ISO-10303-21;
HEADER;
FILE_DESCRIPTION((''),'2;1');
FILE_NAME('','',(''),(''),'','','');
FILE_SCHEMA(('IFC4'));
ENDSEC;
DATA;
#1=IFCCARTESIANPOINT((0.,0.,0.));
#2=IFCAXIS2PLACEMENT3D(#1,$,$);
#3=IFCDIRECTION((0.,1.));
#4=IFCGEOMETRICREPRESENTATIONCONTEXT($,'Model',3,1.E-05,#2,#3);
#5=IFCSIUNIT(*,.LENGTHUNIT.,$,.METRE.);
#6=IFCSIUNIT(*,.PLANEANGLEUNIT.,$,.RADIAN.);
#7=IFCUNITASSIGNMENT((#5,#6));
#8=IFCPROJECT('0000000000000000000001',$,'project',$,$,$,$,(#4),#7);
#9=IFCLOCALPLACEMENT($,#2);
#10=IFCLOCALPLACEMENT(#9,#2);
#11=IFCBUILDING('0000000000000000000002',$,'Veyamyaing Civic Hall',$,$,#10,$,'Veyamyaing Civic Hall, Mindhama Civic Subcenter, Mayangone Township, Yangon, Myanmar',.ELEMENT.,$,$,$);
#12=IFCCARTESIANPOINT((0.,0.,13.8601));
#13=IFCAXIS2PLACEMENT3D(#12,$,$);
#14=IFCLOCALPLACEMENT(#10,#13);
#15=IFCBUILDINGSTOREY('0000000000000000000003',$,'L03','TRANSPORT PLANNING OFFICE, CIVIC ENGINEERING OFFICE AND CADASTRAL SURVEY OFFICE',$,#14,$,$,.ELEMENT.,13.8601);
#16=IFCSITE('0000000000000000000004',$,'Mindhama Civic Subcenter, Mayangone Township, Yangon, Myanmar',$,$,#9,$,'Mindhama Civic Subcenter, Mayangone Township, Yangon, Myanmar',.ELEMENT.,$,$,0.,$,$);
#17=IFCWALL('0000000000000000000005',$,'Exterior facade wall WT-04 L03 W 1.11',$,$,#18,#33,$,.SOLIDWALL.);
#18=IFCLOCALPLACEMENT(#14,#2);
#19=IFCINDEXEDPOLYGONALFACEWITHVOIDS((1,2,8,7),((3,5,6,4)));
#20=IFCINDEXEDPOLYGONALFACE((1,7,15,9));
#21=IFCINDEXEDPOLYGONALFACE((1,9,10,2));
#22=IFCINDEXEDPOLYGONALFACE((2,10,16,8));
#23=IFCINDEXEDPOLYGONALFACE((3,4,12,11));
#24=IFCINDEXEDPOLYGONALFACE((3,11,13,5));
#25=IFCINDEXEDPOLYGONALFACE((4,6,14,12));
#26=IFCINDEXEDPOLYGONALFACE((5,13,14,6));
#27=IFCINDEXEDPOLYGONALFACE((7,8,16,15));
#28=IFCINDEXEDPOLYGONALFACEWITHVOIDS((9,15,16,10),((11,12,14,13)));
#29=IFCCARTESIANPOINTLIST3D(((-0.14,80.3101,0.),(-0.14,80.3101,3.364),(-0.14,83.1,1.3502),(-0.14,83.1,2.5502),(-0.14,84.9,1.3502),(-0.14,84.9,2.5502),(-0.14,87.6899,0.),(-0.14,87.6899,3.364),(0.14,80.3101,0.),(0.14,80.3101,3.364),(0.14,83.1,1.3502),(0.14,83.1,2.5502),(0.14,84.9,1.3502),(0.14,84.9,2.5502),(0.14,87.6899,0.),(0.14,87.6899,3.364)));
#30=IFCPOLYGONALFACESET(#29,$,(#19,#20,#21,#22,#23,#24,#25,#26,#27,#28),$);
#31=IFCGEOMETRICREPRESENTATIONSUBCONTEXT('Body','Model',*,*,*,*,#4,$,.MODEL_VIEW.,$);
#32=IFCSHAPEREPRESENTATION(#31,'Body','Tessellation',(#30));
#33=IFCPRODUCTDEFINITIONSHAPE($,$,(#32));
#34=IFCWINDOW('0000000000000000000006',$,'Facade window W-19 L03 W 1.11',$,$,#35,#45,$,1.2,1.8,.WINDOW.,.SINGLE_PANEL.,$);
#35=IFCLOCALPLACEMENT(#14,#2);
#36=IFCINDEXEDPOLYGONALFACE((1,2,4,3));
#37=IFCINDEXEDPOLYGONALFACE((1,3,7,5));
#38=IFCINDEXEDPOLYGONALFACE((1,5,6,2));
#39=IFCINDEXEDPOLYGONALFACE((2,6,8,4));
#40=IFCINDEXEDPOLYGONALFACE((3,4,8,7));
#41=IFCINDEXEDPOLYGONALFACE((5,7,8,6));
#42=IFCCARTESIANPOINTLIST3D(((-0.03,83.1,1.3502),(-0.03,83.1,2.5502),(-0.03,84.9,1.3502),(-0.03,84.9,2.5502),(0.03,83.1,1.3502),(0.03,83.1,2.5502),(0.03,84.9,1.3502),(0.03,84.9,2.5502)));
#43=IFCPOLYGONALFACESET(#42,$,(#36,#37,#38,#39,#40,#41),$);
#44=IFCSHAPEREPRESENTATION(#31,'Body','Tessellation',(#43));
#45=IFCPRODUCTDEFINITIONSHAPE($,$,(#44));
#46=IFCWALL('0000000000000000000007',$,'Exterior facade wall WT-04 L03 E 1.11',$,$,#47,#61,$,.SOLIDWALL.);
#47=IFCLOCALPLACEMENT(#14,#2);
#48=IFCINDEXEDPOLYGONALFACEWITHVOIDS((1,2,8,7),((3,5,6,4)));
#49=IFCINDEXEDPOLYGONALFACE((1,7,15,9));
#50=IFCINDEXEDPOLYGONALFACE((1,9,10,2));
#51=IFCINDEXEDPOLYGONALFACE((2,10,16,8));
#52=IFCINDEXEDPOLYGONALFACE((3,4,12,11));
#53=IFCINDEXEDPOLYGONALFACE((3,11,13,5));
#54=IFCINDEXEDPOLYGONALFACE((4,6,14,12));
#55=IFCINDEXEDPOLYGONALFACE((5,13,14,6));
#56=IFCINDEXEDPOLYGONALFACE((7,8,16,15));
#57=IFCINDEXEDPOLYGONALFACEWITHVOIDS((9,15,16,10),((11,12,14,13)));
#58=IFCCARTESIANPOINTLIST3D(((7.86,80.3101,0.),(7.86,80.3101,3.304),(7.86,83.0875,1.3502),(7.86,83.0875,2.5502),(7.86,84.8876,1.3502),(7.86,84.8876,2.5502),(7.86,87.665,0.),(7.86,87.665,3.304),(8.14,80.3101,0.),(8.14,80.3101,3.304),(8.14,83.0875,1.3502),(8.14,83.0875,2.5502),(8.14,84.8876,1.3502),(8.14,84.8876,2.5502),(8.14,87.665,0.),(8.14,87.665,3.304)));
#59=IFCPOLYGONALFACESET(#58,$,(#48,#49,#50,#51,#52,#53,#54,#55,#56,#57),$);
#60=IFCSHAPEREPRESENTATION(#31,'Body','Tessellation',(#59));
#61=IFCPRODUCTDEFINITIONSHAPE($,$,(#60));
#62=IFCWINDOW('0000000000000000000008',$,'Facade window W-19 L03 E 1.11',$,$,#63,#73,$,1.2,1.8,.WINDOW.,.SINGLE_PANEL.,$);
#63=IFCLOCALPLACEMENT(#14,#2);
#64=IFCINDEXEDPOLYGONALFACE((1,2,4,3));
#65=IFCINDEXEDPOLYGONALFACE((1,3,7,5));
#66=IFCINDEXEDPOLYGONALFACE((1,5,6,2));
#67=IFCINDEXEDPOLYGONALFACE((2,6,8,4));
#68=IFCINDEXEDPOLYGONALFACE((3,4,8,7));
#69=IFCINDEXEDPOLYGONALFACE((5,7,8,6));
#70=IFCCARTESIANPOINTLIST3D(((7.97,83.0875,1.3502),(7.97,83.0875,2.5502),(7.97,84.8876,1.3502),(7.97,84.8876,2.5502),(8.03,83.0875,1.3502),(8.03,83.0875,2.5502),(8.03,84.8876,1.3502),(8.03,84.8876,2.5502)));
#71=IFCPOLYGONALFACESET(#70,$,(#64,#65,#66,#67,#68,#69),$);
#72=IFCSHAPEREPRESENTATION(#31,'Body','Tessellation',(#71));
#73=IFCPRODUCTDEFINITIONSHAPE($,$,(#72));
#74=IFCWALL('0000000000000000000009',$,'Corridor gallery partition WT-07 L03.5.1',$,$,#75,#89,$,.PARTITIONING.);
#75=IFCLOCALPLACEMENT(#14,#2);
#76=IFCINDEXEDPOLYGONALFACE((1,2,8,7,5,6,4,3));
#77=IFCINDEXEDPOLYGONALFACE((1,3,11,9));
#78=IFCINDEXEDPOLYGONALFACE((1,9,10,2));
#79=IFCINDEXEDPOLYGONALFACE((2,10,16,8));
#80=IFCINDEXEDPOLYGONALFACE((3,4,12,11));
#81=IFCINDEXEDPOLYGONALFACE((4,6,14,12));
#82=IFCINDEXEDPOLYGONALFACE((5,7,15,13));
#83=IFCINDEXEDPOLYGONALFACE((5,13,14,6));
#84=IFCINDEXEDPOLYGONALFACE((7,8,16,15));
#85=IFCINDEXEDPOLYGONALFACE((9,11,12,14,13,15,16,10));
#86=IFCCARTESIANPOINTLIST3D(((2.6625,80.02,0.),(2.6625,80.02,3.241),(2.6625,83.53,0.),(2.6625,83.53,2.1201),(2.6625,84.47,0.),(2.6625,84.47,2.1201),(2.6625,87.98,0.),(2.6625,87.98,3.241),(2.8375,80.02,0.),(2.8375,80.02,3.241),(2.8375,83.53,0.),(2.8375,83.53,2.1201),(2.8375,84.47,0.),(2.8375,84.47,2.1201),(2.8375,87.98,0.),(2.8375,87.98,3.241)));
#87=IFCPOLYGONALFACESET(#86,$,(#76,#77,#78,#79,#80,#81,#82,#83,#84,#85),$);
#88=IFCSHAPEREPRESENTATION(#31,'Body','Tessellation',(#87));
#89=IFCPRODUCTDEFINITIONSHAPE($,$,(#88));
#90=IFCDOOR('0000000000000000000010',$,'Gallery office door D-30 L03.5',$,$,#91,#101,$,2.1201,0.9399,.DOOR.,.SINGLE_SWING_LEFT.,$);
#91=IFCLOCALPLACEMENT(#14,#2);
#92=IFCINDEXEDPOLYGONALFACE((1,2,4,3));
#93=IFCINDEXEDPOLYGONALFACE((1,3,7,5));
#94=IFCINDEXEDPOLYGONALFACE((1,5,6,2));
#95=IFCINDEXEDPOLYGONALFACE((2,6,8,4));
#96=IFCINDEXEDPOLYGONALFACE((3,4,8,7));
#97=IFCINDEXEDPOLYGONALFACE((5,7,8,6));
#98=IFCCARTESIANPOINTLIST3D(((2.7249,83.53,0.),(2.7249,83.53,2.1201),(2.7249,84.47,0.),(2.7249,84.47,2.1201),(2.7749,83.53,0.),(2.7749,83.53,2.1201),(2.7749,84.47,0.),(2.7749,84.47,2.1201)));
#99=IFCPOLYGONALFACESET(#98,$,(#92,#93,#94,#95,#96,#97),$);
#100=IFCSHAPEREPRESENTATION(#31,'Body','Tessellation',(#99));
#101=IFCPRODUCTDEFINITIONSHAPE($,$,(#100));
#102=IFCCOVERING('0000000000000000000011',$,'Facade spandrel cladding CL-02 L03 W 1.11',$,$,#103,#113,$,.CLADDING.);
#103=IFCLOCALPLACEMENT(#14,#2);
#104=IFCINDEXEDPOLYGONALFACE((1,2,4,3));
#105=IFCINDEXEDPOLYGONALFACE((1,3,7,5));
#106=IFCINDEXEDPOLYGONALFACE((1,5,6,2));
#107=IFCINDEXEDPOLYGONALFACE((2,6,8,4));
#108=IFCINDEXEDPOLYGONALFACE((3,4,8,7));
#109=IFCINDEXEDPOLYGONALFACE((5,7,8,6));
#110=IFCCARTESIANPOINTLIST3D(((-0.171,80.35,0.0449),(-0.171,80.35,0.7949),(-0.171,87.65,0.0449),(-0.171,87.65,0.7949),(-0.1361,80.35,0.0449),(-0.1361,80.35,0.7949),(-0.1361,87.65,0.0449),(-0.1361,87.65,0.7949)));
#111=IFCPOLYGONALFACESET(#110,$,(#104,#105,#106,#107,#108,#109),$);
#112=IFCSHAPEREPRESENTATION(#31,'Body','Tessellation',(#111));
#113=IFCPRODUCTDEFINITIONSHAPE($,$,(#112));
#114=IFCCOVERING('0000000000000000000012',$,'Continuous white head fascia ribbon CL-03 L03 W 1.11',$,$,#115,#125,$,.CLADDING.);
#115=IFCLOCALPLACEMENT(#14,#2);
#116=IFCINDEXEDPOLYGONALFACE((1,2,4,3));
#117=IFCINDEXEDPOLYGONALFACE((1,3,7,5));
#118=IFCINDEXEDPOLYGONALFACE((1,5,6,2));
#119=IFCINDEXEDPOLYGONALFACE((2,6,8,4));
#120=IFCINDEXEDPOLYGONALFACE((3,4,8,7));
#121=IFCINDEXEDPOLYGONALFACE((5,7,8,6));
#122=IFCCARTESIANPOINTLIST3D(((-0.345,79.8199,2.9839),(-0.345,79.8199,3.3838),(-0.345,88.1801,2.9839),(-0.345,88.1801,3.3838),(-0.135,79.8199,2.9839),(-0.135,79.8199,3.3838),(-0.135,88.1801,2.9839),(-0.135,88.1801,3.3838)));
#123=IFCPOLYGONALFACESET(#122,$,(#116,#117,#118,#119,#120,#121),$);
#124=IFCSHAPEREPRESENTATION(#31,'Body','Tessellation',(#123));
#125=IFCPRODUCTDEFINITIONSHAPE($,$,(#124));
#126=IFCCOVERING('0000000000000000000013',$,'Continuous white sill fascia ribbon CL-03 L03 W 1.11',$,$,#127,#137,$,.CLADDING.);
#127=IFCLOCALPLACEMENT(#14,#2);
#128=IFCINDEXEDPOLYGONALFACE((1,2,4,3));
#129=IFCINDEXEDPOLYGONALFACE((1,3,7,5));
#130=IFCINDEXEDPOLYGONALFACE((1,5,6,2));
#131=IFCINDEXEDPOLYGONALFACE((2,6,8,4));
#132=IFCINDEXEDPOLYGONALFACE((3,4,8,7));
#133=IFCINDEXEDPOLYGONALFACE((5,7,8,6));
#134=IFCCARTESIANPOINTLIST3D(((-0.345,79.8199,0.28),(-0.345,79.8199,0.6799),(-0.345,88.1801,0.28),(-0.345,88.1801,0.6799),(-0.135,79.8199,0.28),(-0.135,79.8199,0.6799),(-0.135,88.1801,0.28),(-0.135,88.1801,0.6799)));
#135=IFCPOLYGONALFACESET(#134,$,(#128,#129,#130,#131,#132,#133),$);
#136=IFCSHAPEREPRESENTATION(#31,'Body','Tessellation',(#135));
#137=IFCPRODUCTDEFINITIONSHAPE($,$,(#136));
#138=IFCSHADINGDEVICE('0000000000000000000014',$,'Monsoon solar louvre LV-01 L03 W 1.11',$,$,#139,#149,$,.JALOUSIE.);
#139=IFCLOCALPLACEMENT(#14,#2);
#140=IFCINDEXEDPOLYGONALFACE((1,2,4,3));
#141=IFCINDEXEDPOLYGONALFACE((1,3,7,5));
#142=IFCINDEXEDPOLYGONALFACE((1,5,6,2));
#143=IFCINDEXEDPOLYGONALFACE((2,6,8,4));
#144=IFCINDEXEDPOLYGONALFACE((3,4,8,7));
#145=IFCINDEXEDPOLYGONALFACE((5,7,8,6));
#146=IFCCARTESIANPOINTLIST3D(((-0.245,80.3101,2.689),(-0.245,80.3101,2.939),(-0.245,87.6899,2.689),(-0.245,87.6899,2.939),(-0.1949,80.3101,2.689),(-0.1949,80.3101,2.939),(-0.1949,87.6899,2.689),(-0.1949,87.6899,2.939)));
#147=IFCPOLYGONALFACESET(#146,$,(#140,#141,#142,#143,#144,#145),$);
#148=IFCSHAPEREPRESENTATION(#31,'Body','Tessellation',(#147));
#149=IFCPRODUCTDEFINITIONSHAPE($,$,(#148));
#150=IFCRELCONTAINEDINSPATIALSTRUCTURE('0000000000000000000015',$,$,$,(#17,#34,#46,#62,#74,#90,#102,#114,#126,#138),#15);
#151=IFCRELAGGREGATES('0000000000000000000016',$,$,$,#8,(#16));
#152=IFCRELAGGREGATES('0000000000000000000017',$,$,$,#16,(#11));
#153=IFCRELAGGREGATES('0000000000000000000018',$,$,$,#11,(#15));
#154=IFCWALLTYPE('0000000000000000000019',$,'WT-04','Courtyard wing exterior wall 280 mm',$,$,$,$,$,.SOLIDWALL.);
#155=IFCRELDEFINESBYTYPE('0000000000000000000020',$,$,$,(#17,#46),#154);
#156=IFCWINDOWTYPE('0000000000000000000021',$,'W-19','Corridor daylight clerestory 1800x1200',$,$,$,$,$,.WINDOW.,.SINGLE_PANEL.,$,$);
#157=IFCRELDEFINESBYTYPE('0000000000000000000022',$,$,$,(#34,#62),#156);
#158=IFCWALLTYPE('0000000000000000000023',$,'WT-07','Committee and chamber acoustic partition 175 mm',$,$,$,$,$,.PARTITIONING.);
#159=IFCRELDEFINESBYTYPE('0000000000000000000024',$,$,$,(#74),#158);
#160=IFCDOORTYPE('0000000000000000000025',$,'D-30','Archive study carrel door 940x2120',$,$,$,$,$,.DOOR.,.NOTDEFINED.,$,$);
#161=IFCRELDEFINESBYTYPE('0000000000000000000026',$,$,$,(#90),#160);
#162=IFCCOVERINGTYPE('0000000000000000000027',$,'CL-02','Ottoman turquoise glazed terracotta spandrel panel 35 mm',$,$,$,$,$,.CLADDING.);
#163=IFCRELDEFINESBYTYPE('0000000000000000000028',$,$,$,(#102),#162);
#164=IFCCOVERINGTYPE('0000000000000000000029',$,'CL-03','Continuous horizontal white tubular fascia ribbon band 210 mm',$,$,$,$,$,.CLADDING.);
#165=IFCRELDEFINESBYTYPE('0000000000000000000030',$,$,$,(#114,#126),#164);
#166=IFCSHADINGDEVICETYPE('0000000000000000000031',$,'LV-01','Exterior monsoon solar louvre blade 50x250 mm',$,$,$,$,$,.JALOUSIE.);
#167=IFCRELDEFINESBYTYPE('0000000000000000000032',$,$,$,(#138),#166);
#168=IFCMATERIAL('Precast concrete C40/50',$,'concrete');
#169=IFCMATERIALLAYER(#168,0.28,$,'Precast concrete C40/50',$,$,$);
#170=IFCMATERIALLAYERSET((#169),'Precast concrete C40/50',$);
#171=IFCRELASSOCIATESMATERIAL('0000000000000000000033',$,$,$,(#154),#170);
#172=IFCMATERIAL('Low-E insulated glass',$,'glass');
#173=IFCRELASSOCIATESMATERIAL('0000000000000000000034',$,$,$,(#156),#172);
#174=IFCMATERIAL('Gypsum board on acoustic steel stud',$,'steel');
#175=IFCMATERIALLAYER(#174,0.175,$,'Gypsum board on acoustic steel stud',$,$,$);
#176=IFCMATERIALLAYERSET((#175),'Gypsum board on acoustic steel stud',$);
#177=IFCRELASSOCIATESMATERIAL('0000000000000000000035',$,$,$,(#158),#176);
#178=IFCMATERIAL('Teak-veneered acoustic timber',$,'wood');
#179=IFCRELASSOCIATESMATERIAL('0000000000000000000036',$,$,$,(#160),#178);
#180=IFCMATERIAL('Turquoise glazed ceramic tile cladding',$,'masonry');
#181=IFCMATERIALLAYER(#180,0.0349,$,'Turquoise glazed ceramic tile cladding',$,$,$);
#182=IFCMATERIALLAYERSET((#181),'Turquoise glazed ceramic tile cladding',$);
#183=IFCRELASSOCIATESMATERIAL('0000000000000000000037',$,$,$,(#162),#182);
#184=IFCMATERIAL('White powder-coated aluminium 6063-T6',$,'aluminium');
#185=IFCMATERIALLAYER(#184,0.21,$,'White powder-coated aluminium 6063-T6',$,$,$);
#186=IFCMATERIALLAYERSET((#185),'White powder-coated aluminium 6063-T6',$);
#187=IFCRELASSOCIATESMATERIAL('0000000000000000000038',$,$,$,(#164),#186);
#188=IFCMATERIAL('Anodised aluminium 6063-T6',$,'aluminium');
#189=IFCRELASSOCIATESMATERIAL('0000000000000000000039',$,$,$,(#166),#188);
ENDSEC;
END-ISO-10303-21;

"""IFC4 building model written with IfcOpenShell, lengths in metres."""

from ifc_helpers import new_model, si_unit, direction, frame, frame_2d, origin, origin_2d, place, context, subcontext, project, spatial, rectangle, extrude, material, layer, layer_set, material_profile, profile_set, type_object, element, fill, save


model = new_model("IFC4")

# Units and contexts
model_context = context("Model", 3, precision=1e-05, world=origin(), true_north=direction((0.0, 1.0)))
body_context = subcontext(model_context, "Body", "Model", "MODEL_VIEW")
ifc_project = project(units=[si_unit("LENGTHUNIT", "METRE"), si_unit("PLANEANGLEUNIT", "RADIAN")], contexts=[model_context])

# Site, building, storey
site_placement = place(None, origin())
site = spatial("IfcSite", under=ifc_project, at=site_placement, Name="Mindhama Civic Subcenter, Mayangone Township, Yangon, Myanmar", LongName="Mindhama Civic Subcenter, Mayangone Township, Yangon, Myanmar", CompositionType="ELEMENT", RefElevation=0.0)
building_placement = place(site_placement, origin())
building = spatial("IfcBuilding", under=site, at=building_placement, Name="Veyamyaing Civic Hall", LongName="Veyamyaing Civic Hall, Mindhama Civic Subcenter, Mayangone Township, Yangon, Myanmar", CompositionType="ELEMENT")
storey_placement = place(building_placement, frame((0.0, 0.0, 13.8601)))
storey = spatial("IfcBuildingStorey", under=building, at=storey_placement, Name="L03", Description="TRANSPORT PLANNING OFFICE, CIVIC ENGINEERING OFFICE AND CADASTRAL SURVEY OFFICE", CompositionType="ELEMENT", Elevation=13.8601)

# Walls, openings, windows
ifc_material_1 = material(Name="Precast concrete C40/50", Category="concrete")
ifc_layer_1 = layer(ifc_material_1, 0.28, Name="Precast concrete C40/50")
ifc_layer_set_1 = layer_set([ifc_layer_1], Name="Precast concrete C40/50")
wall_type_1 = type_object("IfcWallType", Name="WT-04", Description="Courtyard wing exterior wall 280 mm", PredefinedType="SOLIDWALL", material=ifc_layer_set_1)
wall_1_placement = place(storey_placement, frame((0.0, 80.3101, 0.0), z_axis=(0.0, 0.0, 1.0), x_axis=(0.0, 1.0, 0.0)))
wall_1 = element("IfcWall", 1, at=wall_1_placement, inside=storey, type_object=wall_type_1, Name="Exterior facade wall WT-04 L03 W 1.11", PredefinedType="SOLIDWALL", context=body_context, shape_type="SweptSolid", body=[
    extrude(rectangle(XDim=7.3799, YDim=0.28, at=frame_2d((3.6899, 0.0))), origin(), (0.0, 0.0, 1.0), 3.364),
])
opening_1_placement = place(wall_1_placement, frame((2.79, 0.0, 1.3501)))
opening_1 = element("IfcOpeningElement", 2, at=opening_1_placement, cuts=wall_1, PredefinedType="OPENING", context=body_context, shape_type="SweptSolid", body=[
    extrude(rectangle(XDim=1.8, YDim=1.2, at=frame_2d((0.8999, 0.6001))), frame((0.0, 0.1499, 0.0), z_axis=(0.0, -1.0, 0.0), x_axis=(1.0, 0.0, 0.0)), (0.0, 0.0, 1.0), 0.3),
])
ifc_material_2 = material(Name="Low-E insulated glass", Category="glass")
window_type = type_object("IfcWindowType", Name="W-19", Description="Corridor daylight clerestory 1800x1200", PartitioningType="SINGLE_PANEL", PredefinedType="WINDOW", material=ifc_material_2)
window_1_placement = place(opening_1_placement, origin())
window_1 = element("IfcWindow", 3, at=window_1_placement, inside=storey, type_object=window_type, Name="Facade window W-19 L03 W 1.11", OverallHeight=1.2, OverallWidth=1.8, PartitioningType="SINGLE_PANEL", PredefinedType="WINDOW", context=body_context, shape_type="SweptSolid", body=[
    extrude(rectangle(XDim=1.8, YDim=1.2, at=frame_2d((0.8999, 0.6001))), frame((0.0, 0.03, 0.0), z_axis=(0.0, -1.0, 0.0), x_axis=(1.0, 0.0, 0.0)), (0.0, 0.0, 1.0), 0.0601),
])
fill(opening_1, window_1)
wall_2_placement = place(storey_placement, frame((8.0, 80.3101, 0.0), z_axis=(0.0, 0.0, 1.0), x_axis=(0.0, 1.0, 0.0)))
wall_2 = element("IfcWall", 4, at=wall_2_placement, inside=storey, type_object=wall_type_1, Name="Exterior facade wall WT-04 L03 E 1.11", PredefinedType="SOLIDWALL", context=body_context, shape_type="SweptSolid", body=[
    extrude(rectangle(XDim=7.355, YDim=0.28, at=frame_2d((3.6775, 0.0))), origin(), (0.0, 0.0, 1.0), 3.304),
])
opening_2_placement = place(wall_2_placement, frame((2.7776, 0.0, 1.3501)))
opening_2 = element("IfcOpeningElement", 5, at=opening_2_placement, cuts=wall_2, PredefinedType="OPENING", context=body_context, shape_type="SweptSolid", body=[
    extrude(rectangle(XDim=1.8, YDim=1.2, at=frame_2d((0.8999, 0.6001))), frame((0.0, 0.1499, 0.0), z_axis=(0.0, -1.0, 0.0), x_axis=(1.0, 0.0, 0.0)), (0.0, 0.0, 1.0), 0.3),
])
window_2_placement = place(opening_2_placement, origin())
window_2 = element("IfcWindow", 6, at=window_2_placement, inside=storey, type_object=window_type, Name="Facade window W-19 L03 E 1.11", OverallHeight=1.2, OverallWidth=1.8, PartitioningType="SINGLE_PANEL", PredefinedType="WINDOW", context=body_context, shape_type="SweptSolid", body=[
    extrude(rectangle(XDim=1.8, YDim=1.2, at=frame_2d((0.8999, 0.6001))), frame((0.0, 0.03, 0.0), z_axis=(0.0, -1.0, 0.0), x_axis=(1.0, 0.0, 0.0)), (0.0, 0.0, 1.0), 0.0601),
])
fill(opening_2, window_2)

# Wall, opening, door
ifc_material_3 = material(Name="Gypsum board on acoustic steel stud", Category="steel")
ifc_layer_2 = layer(ifc_material_3, 0.175, Name="Gypsum board on acoustic steel stud")
ifc_layer_set_2 = layer_set([ifc_layer_2], Name="Gypsum board on acoustic steel stud")
wall_type_2 = type_object("IfcWallType", Name="WT-07", Description="Committee and chamber acoustic partition 175 mm", PredefinedType="PARTITIONING", material=ifc_layer_set_2)
wall_3_placement = place(storey_placement, frame((2.75, 80.02, 0.0), z_axis=(0.0, 0.0, 1.0), x_axis=(0.0, 1.0, 0.0)))
wall_3 = element("IfcWall", 7, at=wall_3_placement, inside=storey, type_object=wall_type_2, Name="Corridor gallery partition WT-07 L03.5.1", PredefinedType="PARTITIONING", context=body_context, shape_type="SweptSolid", body=[
    extrude(rectangle(XDim=7.96, YDim=0.175, at=frame_2d((3.98, 0.0))), origin(), (0.0, 0.0, 1.0), 3.241),
])
opening_3_placement = place(wall_3_placement, frame((3.51, 0.0, 0.0)))
opening_3 = element("IfcOpeningElement", 8, at=opening_3_placement, cuts=wall_3, PredefinedType="OPENING", context=body_context, shape_type="SweptSolid", body=[
    extrude(rectangle(XDim=0.9399, YDim=2.1201, at=frame_2d((0.47, 1.0601))), frame((0.0, 0.0974, 0.0), z_axis=(0.0, -1.0, 0.0), x_axis=(1.0, 0.0, 0.0)), (0.0, 0.0, 1.0), 0.1951),
])
ifc_material_4 = material(Name="Teak-veneered acoustic timber", Category="wood")
door_type = type_object("IfcDoorType", Name="D-30", Description="Archive study carrel door 940x2120", OperationType="NOTDEFINED", PredefinedType="DOOR", material=ifc_material_4)
door_placement = place(opening_3_placement, frame((0.9399, 0.0, 0.0), z_axis=(0.0, 0.0, 1.0), x_axis=(-1.0, 0.0, 0.0)))
door = element("IfcDoor", 9, at=door_placement, inside=storey, type_object=door_type, Name="Gallery office door D-30 L03.5", OperationType="SINGLE_SWING_LEFT", OverallHeight=2.1201, OverallWidth=0.9399, PredefinedType="DOOR", context=body_context, shape_type="SweptSolid", body=[
    extrude(rectangle(XDim=0.9399, YDim=2.1201, at=frame_2d((0.47, 1.0601))), frame((0.0, 0.0249, 0.0), z_axis=(0.0, -1.0, 0.0), x_axis=(1.0, 0.0, 0.0)), (0.0, 0.0, 1.0), 0.05),
])
fill(opening_3, door)

# Coverings
ifc_material_5 = material(Name="Turquoise glazed ceramic tile cladding", Category="masonry")
ifc_layer_3 = layer(ifc_material_5, 0.0349, Name="Turquoise glazed ceramic tile cladding")
ifc_layer_set_3 = layer_set([ifc_layer_3], Name="Turquoise glazed ceramic tile cladding")
covering_type_1 = type_object("IfcCoveringType", Name="CL-02", Description="Ottoman turquoise glazed terracotta spandrel panel 35 mm", PredefinedType="CLADDING", material=ifc_layer_set_3)
covering_placement = place(storey_placement, frame((-0.1536, 84.0, 0.0449), z_axis=(0.0, 0.0, 1.0), x_axis=(0.0, 1.0, 0.0)))
element("IfcCovering", 10, at=covering_placement, inside=storey, type_object=covering_type_1, Name="Facade spandrel cladding CL-02 L03 W 1.11", PredefinedType="CLADDING", context=body_context, shape_type="SweptSolid", body=[
    extrude(rectangle(XDim=7.3, YDim=0.0349, at=origin_2d()), origin(), (0.0, 0.0, 1.0), 0.75),
])
ifc_material_6 = material(Name="White powder-coated aluminium 6063-T6", Category="aluminium")
ifc_layer_4 = layer(ifc_material_6, 0.21, Name="White powder-coated aluminium 6063-T6")
ifc_layer_set_4 = layer_set([ifc_layer_4], Name="White powder-coated aluminium 6063-T6")
covering_type_2 = type_object("IfcCoveringType", Name="CL-03", Description="Continuous horizontal white tubular fascia ribbon band 210 mm", PredefinedType="CLADDING", material=ifc_layer_set_4)
for number, where, z_axis, x_axis, name in (
    (11, (-0.24, 84.0, 2.9839), (0.0, 0.0, 1.0), (0.0, 1.0, 0.0), "Continuous white head fascia ribbon CL-03 L03 W 1.11"),
    (12, (-0.24, 84.0, 0.28), (0.0, 0.0, 1.0), (0.0, 1.0, 0.0), "Continuous white sill fascia ribbon CL-03 L03 W 1.11"),
):
    element("IfcCovering", number, at=place(storey_placement, frame(where, z_axis=z_axis, x_axis=x_axis)), inside=storey, type_object=covering_type_2, Name=name, PredefinedType="CLADDING", context=body_context, shape_type="SweptSolid", body=[
        extrude(rectangle(XDim=8.3601, YDim=0.21, at=origin_2d()), origin(), (0.0, 0.0, 1.0), 0.3999),
    ])

# Shading device
ifc_material_7 = material(Name="Anodised aluminium 6063-T6", Category="aluminium")
ifc_material_profile_1 = material_profile(ifc_material_7, rectangle(XDim=0.05, YDim=0.25, at=origin_2d()), Name="LOUVRE-BLADE-50X250")
ifc_profile_set_1 = profile_set([ifc_material_profile_1], Name="Anodised aluminium 6063-T6")
shading_device_type_1 = type_object("IfcShadingDeviceType", Name="LV-01", Description="Exterior monsoon solar louvre blade 50x250 mm", PredefinedType="JALOUSIE", material=ifc_profile_set_1)
shading_device_1_placement = place(storey_placement, frame((-0.22, 80.3101, 2.814), z_axis=(0.0, 1.0, 0.0), x_axis=(-1.0, 0.0, 0.0)))
element("IfcShadingDevice", 13, at=shading_device_1_placement, inside=storey, type_object=shading_device_type_1, Name="Monsoon solar louvre LV-01 L03 W 1.11", PredefinedType="JALOUSIE", context=body_context, shape_type="SweptSolid", body=[
    extrude(rectangle(XDim=0.05, YDim=0.25, at=origin_2d()), origin(), (0.0, 0.0, 1.0), 7.3799),
])

save(model, "model.ifc")
